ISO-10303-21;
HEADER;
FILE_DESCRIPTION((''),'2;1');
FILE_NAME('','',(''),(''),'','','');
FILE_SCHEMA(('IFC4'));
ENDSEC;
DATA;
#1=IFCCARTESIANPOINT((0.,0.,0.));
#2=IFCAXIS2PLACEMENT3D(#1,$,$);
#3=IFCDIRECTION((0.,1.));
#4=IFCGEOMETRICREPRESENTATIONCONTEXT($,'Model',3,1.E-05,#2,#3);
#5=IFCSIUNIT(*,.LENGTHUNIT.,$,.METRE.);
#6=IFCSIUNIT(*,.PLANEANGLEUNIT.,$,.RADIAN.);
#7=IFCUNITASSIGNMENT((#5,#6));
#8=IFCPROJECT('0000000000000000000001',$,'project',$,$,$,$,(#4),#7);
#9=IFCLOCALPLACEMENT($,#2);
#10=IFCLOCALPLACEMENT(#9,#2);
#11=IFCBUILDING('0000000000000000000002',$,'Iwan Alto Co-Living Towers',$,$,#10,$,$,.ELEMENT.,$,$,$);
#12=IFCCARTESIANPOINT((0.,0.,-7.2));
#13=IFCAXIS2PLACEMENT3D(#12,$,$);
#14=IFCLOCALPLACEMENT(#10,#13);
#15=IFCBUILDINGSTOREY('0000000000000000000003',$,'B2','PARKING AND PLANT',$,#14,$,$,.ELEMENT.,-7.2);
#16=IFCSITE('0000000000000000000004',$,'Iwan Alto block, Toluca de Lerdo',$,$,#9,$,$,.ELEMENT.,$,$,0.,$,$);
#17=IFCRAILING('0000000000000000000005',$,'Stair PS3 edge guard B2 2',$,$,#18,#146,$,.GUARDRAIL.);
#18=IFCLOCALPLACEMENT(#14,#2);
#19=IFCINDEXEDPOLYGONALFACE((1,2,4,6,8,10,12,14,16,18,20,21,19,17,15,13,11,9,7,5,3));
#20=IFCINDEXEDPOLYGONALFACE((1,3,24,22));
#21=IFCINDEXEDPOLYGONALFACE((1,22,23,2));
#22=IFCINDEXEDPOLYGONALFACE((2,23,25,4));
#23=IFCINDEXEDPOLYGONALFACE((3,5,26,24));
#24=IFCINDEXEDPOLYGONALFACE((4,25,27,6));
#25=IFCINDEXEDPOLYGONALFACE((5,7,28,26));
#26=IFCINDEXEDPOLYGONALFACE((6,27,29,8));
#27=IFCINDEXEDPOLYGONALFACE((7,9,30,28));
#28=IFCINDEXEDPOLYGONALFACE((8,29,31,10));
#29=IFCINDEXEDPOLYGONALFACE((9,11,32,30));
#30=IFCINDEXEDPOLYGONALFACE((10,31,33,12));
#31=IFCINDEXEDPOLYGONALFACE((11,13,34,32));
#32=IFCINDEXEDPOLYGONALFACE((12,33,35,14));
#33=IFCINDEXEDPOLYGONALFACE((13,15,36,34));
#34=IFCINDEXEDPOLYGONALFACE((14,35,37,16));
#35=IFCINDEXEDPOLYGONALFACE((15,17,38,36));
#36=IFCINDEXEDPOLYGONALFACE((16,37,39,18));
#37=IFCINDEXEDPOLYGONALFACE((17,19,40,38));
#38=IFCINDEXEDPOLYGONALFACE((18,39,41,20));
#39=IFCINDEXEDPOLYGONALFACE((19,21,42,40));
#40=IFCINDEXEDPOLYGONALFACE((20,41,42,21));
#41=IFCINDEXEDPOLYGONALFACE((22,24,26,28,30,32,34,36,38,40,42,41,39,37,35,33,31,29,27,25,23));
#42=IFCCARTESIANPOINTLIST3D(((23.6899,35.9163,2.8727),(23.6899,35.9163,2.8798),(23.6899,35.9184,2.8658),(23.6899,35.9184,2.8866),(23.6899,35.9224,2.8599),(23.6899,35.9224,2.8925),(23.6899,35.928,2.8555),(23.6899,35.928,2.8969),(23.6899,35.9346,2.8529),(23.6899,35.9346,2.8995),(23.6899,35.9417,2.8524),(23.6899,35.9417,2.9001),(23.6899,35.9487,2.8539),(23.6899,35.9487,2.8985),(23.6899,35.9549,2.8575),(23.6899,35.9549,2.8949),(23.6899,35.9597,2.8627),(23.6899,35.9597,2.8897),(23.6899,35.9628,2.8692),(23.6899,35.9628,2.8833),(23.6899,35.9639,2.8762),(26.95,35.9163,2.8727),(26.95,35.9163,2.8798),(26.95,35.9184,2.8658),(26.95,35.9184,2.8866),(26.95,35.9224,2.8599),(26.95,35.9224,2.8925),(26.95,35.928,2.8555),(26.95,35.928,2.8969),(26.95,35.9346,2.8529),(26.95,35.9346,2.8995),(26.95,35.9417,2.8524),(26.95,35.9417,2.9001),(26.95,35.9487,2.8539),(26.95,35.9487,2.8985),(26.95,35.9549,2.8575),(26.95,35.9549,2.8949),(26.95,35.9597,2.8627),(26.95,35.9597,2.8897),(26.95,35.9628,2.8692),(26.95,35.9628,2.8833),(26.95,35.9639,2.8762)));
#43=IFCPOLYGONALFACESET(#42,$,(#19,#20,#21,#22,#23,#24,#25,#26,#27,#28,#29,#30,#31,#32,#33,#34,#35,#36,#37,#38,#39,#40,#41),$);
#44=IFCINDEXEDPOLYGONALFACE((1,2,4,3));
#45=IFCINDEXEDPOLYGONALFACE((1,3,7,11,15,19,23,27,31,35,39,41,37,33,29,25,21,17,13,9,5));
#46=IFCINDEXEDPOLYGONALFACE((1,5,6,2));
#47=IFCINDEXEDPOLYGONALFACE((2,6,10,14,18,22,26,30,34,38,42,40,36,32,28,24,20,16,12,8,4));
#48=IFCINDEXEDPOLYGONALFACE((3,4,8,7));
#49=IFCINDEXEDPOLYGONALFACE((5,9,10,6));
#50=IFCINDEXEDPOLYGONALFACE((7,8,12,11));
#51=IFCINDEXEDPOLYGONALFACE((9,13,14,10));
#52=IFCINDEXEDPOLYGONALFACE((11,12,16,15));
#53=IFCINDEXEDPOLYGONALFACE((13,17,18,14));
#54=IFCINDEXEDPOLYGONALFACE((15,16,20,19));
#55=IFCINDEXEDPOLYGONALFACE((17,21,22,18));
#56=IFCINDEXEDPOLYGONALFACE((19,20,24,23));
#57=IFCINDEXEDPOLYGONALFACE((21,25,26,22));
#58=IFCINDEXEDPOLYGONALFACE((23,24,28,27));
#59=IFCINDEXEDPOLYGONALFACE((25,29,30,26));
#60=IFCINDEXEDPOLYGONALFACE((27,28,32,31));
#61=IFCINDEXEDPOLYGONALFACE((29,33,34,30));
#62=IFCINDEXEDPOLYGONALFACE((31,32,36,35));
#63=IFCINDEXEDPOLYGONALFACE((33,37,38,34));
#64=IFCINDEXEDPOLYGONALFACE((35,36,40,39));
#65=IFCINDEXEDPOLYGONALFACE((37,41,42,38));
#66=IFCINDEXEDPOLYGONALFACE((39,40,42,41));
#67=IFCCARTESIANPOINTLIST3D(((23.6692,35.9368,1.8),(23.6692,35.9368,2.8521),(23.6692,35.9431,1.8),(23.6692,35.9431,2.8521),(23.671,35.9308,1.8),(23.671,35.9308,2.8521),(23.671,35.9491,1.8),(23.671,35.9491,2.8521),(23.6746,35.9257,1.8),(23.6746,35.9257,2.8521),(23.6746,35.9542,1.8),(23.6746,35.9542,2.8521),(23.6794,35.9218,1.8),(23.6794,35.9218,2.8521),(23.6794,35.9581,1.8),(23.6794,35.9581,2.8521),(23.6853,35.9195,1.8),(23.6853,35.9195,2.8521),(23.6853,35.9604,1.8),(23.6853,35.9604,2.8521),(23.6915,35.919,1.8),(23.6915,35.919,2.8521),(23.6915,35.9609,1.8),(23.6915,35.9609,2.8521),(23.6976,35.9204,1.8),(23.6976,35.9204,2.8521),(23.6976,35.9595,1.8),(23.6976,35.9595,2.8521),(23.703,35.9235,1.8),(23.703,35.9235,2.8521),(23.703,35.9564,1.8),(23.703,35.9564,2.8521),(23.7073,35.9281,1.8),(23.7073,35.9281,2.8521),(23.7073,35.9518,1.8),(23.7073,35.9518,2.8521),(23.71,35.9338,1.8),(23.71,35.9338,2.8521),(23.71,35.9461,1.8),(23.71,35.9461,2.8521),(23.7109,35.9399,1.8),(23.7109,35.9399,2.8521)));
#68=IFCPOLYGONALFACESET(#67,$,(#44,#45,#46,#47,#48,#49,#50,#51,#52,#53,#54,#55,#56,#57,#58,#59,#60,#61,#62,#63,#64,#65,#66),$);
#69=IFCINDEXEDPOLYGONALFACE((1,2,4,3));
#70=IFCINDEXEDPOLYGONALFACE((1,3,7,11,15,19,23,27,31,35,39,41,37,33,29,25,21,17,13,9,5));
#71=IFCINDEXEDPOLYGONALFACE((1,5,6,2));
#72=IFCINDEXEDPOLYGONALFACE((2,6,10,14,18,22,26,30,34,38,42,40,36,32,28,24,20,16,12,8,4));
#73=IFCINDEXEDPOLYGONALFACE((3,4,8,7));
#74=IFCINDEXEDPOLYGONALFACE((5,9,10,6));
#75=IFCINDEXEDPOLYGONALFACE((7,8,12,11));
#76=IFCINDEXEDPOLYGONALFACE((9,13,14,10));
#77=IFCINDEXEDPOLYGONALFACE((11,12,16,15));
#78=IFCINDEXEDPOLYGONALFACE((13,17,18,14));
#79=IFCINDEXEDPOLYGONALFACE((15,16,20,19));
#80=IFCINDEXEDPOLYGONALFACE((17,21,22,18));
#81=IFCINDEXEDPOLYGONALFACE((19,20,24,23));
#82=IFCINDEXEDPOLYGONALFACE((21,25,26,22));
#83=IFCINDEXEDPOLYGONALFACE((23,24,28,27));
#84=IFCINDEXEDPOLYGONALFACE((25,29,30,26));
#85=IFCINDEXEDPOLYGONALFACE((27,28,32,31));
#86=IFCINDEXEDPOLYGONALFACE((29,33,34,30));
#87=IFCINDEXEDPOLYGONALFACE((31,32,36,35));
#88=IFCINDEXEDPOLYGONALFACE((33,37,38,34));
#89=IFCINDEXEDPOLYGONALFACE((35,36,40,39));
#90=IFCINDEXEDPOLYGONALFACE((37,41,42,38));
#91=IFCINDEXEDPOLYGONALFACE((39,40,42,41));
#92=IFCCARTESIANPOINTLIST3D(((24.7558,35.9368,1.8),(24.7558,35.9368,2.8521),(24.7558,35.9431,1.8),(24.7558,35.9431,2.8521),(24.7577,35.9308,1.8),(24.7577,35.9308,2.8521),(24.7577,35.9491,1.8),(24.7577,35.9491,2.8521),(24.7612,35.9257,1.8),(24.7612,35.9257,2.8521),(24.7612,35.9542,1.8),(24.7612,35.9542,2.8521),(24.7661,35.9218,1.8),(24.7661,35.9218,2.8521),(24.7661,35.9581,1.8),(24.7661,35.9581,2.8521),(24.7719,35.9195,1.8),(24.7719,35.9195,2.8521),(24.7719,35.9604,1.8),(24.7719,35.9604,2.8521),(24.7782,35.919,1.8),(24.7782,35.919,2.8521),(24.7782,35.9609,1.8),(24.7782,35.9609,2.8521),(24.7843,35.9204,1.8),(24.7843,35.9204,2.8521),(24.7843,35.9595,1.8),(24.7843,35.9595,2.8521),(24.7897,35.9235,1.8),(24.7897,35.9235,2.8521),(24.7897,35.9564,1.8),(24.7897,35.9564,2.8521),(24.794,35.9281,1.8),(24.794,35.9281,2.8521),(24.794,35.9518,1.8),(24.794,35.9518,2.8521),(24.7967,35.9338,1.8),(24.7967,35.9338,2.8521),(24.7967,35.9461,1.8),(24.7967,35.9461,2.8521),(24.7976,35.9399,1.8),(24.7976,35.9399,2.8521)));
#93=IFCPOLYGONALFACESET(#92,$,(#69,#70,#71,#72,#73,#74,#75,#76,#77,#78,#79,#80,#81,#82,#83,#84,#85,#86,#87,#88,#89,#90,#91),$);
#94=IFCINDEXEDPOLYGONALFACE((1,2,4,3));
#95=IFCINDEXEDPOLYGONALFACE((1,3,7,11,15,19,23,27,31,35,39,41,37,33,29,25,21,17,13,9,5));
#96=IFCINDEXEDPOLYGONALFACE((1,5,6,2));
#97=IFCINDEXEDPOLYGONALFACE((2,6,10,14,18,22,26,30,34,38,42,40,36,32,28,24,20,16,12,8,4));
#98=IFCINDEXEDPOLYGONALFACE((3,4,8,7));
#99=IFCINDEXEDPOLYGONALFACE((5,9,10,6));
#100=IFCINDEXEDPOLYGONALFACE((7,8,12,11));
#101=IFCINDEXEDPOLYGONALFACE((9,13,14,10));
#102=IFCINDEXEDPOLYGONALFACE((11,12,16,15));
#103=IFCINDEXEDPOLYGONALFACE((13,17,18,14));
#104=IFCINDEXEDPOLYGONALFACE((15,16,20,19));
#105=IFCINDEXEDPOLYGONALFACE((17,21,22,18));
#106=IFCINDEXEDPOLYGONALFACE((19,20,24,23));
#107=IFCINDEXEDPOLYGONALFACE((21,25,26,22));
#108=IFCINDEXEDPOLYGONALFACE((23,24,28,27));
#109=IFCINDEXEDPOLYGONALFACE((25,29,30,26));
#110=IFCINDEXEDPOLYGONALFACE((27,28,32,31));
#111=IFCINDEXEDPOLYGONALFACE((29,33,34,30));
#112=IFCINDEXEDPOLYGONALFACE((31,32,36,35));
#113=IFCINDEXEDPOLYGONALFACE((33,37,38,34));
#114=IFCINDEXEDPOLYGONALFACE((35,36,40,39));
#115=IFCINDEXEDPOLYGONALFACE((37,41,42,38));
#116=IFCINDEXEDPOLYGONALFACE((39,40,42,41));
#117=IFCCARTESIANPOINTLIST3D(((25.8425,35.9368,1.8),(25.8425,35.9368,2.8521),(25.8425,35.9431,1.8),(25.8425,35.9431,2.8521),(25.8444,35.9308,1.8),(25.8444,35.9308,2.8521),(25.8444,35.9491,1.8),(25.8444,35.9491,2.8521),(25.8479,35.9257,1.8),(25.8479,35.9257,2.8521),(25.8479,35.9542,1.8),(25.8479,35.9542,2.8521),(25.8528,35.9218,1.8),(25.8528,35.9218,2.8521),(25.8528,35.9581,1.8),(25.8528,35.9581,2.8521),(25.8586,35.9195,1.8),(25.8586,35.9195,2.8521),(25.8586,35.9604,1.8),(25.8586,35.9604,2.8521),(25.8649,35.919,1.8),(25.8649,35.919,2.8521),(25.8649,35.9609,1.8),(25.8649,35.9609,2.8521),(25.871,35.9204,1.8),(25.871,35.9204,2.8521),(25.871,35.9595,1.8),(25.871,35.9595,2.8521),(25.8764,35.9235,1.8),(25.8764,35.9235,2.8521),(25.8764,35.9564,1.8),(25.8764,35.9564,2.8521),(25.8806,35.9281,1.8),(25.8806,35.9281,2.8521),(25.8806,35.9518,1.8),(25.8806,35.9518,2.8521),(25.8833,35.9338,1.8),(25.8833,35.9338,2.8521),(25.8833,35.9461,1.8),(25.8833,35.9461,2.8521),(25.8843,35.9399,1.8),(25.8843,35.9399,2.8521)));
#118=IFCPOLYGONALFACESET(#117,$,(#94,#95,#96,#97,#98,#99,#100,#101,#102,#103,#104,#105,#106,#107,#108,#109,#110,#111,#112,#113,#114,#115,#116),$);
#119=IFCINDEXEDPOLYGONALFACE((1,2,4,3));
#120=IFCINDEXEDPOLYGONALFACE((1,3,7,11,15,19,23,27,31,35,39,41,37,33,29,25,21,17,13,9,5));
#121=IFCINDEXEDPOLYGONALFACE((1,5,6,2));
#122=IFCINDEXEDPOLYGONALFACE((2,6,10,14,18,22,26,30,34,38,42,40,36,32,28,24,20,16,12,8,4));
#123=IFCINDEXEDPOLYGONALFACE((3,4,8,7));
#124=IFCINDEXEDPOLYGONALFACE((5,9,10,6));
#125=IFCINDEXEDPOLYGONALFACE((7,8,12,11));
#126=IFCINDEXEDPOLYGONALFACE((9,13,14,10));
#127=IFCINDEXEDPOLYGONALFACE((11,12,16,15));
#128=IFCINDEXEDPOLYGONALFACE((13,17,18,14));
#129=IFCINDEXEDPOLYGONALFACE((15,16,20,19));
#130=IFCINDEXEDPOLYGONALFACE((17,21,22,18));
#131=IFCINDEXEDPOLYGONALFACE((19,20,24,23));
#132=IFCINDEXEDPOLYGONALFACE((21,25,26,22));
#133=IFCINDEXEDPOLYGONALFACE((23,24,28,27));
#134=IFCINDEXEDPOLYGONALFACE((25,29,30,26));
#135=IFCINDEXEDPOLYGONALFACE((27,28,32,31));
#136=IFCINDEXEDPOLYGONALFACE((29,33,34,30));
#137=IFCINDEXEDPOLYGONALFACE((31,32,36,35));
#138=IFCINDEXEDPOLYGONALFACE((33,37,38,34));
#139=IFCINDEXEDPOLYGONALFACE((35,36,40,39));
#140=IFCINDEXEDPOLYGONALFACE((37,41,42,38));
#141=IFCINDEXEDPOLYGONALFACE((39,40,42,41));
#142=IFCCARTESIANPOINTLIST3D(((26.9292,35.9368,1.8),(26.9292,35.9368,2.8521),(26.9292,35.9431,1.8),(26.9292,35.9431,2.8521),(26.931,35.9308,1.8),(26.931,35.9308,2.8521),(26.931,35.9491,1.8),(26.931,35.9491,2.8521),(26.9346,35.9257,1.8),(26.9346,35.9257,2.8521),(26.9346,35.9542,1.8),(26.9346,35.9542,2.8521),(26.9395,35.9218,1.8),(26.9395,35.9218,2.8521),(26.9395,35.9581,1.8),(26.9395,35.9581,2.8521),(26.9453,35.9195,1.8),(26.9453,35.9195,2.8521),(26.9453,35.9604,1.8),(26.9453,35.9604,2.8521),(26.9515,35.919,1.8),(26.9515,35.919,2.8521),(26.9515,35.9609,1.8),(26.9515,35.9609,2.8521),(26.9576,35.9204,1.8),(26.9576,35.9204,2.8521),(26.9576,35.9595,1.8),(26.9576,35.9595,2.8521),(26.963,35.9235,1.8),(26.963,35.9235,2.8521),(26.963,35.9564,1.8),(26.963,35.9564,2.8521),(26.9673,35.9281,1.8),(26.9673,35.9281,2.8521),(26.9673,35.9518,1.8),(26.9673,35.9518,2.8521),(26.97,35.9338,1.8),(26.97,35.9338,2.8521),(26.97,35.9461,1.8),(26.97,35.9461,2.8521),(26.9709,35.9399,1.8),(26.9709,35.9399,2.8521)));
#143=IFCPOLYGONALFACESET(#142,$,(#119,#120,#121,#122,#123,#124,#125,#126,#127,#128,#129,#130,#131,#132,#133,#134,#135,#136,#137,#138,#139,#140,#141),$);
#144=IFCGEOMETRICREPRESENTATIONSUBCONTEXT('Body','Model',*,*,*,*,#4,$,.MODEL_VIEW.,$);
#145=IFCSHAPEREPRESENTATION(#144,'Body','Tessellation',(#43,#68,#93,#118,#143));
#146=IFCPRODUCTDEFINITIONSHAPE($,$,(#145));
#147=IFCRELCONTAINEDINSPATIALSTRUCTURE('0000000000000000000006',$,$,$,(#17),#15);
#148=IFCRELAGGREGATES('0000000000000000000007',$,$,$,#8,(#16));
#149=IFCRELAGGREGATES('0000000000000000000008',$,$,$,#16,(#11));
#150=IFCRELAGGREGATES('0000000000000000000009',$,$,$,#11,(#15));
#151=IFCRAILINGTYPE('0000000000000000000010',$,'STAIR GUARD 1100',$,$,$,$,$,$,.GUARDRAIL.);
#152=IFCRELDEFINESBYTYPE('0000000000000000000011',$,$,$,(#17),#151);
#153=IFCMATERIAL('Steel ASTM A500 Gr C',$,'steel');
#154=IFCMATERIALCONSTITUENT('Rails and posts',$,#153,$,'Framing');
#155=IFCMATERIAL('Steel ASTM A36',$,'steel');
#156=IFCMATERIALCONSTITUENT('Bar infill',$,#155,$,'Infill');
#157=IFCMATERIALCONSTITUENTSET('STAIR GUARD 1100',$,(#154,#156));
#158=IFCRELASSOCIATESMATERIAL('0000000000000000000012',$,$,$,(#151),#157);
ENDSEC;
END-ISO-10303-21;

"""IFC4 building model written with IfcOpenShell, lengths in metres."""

from ifc_helpers import new_model, si_unit, direction, frame, origin, origin_2d, place, context, subcontext, project, spatial, circle, extrude, material, constituent, constituent_set, type_object, element, save


model = new_model("IFC4")

# Units and contexts
model_context = context("Model", 3, precision=1e-05, world=origin(), true_north=direction((0.0, 1.0)))
body_context = subcontext(model_context, "Body", "Model", "MODEL_VIEW")
ifc_project = project(units=[si_unit("LENGTHUNIT", "METRE"), si_unit("PLANEANGLEUNIT", "RADIAN")], contexts=[model_context])

# Site, building, storey
site_placement = place(None, origin())
site = spatial("IfcSite", under=ifc_project, at=site_placement, Name="Iwan Alto block, Toluca de Lerdo", CompositionType="ELEMENT", RefElevation=0.0)
building_placement = place(site_placement, origin())
building = spatial("IfcBuilding", under=site, at=building_placement, Name="Iwan Alto Co-Living Towers", CompositionType="ELEMENT")
storey_placement = place(building_placement, frame((0.0, 0.0, -7.2)))
storey = spatial("IfcBuildingStorey", under=building, at=storey_placement, Name="B2", Description="PARKING AND PLANT", CompositionType="ELEMENT", Elevation=-7.2)

# Shared definitions
ifc_material_1 = material(Name="Steel ASTM A36", Category="steel")

# Railing
ifc_material_2 = material(Name="Steel ASTM A500 Gr C", Category="steel")
ifc_constituent_1 = constituent(ifc_material_2, Name="Rails and posts", Category="Framing")
ifc_constituent_2 = constituent(ifc_material_1, Name="Bar infill", Category="Infill")
ifc_constituent_set_1 = constituent_set(constituents=[ifc_constituent_1, ifc_constituent_2], Name="STAIR GUARD 1100")
railing_type_1 = type_object("IfcRailingType", Name="STAIR GUARD 1100", PredefinedType="GUARDRAIL", material=ifc_constituent_set_1)
railing_1_placement = place(storey_placement, frame((23.6899, 35.9399, 1.8)))
element("IfcRailing", 1, at=railing_1_placement, inside=storey, type_object=railing_type_1, Name="Stair PS3 edge guard B2 2", PredefinedType="GUARDRAIL", context=body_context, shape_type="SweptSolid", body=[
    extrude(circle(Radius=0.0239, at=origin_2d()), frame((0.0, 0.0, 1.0762), z_axis=(1.0, 0.0, 0.0), x_axis=(0.0, 1.0, 0.0)), (0.0, 0.0, 1.0), 3.26),
    extrude(circle(Radius=0.021, at=origin_2d()), origin(), (0.0, 0.0, 1.0), 1.052),
    extrude(circle(Radius=0.021, at=origin_2d()), frame((1.0867, 0.0, 0.0)), (0.0, 0.0, 1.0), 1.052),
    extrude(circle(Radius=0.021, at=origin_2d()), frame((2.1733, 0.0, 0.0)), (0.0, 0.0, 1.0), 1.052),
    extrude(circle(Radius=0.021, at=origin_2d()), frame((3.26, 0.0, 0.0)), (0.0, 0.0, 1.0), 1.052),
])

save(model, "model.ifc")
